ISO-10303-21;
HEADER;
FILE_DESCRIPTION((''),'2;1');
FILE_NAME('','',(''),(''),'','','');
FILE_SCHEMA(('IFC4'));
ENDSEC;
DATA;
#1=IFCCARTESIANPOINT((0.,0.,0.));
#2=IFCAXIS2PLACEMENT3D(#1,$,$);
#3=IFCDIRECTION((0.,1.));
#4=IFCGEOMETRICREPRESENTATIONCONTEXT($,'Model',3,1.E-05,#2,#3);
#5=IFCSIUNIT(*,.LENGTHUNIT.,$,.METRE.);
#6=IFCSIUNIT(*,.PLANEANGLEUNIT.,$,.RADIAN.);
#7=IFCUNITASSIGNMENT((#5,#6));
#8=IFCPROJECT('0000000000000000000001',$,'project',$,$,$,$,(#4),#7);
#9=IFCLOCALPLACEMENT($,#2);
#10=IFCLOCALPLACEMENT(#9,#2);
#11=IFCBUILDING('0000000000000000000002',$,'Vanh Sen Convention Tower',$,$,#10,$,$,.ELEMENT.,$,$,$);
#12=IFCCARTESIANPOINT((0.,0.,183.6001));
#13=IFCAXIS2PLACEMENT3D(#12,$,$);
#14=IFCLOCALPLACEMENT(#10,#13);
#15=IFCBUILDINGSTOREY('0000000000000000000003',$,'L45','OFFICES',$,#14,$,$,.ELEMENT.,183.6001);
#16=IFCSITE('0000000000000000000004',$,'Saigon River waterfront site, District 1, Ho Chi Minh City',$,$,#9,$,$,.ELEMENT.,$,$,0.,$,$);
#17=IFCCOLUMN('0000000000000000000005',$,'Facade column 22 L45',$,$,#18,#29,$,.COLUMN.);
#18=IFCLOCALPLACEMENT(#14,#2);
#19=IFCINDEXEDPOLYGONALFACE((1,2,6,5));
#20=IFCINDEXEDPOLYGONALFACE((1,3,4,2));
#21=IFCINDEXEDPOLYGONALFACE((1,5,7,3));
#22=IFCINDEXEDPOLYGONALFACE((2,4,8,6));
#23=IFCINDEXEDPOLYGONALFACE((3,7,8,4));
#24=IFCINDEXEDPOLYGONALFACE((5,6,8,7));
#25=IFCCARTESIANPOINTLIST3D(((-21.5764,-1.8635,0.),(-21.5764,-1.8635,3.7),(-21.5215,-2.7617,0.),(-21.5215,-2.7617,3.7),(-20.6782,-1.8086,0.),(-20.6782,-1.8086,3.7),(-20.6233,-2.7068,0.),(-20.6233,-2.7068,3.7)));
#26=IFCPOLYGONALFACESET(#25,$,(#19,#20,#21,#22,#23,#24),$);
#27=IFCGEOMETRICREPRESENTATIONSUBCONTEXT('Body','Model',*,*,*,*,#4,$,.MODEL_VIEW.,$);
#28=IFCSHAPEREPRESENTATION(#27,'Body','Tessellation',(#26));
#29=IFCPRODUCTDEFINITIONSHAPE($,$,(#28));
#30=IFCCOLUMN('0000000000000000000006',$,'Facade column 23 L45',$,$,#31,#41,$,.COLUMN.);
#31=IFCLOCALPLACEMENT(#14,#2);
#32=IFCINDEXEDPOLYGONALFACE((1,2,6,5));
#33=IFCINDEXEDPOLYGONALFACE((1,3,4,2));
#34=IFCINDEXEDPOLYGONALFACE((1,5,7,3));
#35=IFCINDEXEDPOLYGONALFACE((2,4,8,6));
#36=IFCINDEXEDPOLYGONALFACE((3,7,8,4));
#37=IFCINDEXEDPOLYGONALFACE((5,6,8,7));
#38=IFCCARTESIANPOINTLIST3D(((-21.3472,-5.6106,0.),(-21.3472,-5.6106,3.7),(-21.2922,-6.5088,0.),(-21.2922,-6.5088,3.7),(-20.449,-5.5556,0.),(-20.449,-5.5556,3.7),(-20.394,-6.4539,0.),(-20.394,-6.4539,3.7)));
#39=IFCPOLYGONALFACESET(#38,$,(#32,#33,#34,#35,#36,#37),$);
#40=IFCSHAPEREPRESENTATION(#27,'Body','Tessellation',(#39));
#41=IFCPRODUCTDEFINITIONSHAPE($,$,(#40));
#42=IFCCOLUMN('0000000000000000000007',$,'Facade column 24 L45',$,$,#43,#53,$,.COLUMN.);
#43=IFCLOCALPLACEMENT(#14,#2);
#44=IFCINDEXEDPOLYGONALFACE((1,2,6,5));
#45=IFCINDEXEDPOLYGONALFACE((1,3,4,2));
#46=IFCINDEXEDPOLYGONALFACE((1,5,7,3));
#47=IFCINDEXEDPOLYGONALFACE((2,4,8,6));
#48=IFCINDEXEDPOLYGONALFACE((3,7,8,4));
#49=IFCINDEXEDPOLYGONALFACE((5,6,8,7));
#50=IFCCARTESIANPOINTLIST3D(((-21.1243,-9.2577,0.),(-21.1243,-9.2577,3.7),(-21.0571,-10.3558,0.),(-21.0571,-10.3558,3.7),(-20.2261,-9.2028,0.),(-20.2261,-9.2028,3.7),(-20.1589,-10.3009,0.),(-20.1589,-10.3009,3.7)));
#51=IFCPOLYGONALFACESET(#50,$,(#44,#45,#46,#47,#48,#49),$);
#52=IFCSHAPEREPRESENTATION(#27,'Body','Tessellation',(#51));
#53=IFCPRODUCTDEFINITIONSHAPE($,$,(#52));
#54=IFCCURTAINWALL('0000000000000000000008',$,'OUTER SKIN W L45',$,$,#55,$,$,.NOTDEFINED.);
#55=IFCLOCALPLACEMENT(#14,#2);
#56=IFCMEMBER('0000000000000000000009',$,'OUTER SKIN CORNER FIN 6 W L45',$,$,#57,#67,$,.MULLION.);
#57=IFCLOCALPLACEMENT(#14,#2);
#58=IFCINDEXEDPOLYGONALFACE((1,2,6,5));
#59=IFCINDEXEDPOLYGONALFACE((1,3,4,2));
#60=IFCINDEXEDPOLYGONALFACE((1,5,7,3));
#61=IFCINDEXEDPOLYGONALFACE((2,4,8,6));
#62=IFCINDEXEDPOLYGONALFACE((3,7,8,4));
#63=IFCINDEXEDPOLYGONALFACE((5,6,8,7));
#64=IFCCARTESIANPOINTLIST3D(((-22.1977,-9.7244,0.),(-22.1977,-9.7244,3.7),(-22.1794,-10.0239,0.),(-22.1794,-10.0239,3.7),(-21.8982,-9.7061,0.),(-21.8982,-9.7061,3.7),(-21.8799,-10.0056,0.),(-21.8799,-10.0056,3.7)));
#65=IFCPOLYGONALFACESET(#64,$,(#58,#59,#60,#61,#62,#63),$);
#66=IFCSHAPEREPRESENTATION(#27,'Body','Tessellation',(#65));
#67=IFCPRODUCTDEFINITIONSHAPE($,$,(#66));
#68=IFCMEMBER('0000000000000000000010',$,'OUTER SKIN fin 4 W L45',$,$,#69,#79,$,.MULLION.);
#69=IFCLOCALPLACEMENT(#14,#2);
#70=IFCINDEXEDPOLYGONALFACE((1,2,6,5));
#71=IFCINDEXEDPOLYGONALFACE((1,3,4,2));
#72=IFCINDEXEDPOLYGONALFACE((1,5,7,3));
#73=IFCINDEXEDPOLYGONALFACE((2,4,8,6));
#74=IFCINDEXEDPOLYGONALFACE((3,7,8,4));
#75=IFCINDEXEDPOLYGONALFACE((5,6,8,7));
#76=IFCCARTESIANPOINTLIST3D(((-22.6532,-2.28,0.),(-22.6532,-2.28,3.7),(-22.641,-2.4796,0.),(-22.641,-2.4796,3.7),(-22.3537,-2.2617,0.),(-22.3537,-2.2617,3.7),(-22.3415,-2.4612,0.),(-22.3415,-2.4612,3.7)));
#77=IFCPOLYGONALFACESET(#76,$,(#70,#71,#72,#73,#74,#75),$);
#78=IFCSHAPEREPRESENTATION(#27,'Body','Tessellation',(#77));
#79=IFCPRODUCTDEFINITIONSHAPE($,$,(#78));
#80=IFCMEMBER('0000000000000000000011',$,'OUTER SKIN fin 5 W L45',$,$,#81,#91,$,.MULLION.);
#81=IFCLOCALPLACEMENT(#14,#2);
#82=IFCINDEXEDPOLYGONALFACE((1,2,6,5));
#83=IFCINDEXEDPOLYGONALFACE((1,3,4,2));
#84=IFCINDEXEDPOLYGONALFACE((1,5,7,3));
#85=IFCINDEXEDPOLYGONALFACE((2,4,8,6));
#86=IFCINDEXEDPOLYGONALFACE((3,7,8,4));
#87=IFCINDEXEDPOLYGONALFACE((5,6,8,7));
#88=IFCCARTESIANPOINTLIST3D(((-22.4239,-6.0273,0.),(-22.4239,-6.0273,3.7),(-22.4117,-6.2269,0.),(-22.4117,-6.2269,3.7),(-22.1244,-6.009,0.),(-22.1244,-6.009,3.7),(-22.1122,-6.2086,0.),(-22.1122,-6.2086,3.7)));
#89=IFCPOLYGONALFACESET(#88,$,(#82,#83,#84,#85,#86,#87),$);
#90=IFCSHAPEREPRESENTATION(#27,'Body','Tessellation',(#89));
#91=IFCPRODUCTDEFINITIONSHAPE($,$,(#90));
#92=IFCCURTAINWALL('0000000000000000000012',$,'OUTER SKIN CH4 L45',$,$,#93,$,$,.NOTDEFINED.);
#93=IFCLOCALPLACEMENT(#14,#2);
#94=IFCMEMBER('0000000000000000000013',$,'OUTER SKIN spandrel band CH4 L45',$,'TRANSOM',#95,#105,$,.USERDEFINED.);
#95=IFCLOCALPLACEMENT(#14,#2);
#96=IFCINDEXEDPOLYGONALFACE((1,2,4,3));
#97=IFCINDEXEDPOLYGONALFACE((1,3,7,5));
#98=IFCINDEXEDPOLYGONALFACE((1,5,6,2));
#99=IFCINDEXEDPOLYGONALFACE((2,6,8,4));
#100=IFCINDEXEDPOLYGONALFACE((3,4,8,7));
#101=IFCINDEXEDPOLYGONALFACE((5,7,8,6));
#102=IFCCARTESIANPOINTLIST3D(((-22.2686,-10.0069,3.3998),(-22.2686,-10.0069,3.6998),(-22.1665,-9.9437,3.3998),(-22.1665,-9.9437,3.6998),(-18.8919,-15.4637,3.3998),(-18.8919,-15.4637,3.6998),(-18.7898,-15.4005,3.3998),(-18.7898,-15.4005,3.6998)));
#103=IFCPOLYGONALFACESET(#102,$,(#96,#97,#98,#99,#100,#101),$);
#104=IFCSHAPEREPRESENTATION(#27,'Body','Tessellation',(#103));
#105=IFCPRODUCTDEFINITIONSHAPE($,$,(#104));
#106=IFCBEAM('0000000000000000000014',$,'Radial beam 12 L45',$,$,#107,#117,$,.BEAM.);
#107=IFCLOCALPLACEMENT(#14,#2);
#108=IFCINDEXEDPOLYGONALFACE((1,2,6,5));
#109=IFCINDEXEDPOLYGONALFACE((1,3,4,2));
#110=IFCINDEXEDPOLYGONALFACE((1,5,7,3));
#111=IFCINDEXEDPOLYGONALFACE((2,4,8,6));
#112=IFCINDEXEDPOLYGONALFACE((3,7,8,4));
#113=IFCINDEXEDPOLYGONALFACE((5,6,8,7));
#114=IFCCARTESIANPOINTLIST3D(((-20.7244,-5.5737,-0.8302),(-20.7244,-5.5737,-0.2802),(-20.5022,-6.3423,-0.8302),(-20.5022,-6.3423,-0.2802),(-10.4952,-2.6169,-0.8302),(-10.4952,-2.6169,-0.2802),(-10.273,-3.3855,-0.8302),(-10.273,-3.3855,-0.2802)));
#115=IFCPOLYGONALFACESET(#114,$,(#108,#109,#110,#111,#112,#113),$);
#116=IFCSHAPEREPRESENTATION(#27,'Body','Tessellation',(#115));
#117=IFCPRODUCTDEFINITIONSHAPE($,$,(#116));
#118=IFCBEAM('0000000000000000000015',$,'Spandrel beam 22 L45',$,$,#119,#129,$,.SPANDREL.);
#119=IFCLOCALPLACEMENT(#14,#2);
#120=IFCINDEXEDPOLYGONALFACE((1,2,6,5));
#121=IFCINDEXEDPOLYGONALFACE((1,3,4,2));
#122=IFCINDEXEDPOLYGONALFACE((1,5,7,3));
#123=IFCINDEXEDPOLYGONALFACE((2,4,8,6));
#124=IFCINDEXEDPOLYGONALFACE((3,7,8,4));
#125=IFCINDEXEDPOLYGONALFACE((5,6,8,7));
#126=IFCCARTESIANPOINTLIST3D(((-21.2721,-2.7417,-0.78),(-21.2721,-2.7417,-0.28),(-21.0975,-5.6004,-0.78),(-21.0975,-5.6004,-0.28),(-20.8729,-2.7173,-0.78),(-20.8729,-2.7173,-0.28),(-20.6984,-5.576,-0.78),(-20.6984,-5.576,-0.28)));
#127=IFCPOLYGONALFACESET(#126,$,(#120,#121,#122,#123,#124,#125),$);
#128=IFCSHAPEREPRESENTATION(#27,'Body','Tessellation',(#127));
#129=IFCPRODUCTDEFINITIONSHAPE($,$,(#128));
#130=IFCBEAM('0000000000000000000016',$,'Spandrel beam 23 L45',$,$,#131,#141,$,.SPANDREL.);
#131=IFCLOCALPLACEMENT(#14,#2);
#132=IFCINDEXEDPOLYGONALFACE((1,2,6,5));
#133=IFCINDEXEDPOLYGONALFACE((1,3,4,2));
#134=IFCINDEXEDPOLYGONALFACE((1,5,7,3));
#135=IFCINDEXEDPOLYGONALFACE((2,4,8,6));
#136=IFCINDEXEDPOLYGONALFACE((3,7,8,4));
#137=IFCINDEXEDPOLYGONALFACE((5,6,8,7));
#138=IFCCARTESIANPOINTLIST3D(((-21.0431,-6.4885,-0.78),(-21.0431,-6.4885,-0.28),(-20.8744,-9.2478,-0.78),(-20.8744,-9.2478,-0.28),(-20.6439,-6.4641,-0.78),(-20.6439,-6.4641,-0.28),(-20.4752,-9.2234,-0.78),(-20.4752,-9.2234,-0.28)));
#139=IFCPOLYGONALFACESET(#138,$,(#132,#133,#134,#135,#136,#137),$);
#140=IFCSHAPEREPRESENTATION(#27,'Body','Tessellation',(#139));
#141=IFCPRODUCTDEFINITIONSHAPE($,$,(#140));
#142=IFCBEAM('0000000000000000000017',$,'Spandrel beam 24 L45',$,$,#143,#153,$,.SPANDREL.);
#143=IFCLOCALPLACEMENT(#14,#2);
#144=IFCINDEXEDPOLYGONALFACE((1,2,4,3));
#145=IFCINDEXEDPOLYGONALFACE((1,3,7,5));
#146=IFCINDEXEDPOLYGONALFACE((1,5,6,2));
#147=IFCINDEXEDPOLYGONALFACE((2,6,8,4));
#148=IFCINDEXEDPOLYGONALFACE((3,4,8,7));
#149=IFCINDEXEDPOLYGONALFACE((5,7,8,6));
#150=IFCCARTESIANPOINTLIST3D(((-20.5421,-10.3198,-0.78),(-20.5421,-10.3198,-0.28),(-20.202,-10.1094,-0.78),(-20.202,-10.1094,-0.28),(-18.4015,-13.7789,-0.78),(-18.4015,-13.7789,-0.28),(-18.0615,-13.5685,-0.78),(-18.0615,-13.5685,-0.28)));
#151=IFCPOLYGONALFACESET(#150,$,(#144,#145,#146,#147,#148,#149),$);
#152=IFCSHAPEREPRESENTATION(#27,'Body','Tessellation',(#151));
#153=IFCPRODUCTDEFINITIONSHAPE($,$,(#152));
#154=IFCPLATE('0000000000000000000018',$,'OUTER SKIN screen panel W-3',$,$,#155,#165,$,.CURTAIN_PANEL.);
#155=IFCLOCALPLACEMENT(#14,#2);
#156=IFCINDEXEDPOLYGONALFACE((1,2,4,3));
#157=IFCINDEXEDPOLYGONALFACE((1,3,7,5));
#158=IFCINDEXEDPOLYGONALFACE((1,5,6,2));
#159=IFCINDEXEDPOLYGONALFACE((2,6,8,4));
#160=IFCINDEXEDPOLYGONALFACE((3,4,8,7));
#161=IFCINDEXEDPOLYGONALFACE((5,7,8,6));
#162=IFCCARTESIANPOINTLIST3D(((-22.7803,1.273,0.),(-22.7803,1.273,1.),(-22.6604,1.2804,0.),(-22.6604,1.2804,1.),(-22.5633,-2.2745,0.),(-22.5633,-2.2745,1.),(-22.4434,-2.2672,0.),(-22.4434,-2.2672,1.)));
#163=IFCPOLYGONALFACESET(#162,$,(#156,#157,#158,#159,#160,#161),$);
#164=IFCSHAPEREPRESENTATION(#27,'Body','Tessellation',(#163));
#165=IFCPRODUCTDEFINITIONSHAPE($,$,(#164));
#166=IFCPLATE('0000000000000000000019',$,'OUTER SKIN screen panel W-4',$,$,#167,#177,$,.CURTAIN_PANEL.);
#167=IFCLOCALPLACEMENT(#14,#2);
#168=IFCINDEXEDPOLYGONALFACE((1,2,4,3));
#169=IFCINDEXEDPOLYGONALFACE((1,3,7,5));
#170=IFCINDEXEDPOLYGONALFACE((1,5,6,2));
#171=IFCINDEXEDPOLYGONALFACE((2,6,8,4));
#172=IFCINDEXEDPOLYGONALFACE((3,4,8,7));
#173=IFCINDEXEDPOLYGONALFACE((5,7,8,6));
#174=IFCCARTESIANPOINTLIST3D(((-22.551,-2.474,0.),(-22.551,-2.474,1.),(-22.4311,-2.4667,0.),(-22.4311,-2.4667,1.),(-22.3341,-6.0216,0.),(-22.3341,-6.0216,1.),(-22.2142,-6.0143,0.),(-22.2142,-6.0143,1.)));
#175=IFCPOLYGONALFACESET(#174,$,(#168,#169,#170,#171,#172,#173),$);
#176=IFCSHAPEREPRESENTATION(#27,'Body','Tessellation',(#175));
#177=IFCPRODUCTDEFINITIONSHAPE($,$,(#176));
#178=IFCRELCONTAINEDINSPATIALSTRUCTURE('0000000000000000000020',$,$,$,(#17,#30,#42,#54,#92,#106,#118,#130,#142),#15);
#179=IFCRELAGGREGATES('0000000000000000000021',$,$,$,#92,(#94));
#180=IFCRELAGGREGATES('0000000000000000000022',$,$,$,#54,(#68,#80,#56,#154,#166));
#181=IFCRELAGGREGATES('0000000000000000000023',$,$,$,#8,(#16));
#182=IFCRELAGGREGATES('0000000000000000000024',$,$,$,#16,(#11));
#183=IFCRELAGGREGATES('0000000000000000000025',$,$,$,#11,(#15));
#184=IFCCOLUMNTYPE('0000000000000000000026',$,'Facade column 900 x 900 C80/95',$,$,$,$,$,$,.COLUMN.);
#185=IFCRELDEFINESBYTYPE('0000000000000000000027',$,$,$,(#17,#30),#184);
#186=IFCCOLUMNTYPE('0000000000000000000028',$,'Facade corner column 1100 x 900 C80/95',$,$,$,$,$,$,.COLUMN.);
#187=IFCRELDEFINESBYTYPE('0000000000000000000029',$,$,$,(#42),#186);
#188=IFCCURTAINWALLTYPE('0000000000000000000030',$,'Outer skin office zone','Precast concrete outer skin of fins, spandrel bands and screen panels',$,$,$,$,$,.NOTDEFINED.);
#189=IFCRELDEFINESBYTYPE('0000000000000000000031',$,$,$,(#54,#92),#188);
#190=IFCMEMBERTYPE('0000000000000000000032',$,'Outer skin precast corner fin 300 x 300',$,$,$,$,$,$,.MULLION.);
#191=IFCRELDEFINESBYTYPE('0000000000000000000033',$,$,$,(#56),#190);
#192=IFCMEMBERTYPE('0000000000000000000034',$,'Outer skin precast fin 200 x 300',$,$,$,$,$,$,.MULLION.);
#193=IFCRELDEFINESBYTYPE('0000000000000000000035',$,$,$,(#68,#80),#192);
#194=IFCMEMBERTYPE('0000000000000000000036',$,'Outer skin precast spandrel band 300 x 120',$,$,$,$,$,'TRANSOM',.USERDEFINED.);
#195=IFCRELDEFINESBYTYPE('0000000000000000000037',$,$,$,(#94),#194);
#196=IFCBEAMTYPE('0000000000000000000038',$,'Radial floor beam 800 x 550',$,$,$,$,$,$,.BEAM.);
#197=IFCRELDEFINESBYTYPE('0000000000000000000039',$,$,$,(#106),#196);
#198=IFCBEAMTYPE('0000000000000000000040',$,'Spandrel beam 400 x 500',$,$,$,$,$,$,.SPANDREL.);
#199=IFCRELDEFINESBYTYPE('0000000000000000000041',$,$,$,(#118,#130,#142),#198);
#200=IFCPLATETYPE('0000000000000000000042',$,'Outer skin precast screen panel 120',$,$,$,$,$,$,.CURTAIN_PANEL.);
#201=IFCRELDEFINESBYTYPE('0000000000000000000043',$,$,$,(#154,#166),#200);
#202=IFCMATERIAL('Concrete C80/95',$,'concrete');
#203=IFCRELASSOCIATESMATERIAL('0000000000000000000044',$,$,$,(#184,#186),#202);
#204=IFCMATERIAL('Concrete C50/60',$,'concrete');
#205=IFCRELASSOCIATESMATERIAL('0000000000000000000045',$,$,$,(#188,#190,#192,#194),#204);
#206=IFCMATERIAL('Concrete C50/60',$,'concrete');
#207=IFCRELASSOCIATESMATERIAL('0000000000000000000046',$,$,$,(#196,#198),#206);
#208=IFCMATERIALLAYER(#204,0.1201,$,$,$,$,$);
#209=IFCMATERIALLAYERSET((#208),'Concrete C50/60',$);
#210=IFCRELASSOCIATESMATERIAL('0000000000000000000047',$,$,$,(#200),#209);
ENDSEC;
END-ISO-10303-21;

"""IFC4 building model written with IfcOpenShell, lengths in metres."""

from ifc_helpers import new_model, si_unit, direction, frame, origin, origin_2d, place, context, subcontext, project, spatial, rectangle, extrude, material, layer, layer_set, material_profile, profile_set, type_object, element, aggregate, save


model = new_model("IFC4")

# Units and contexts
model_context = context("Model", 3, precision=1e-05, world=origin(), true_north=direction((0.0, 1.0)))
body_context = subcontext(model_context, "Body", "Model", "MODEL_VIEW")
ifc_project = project(units=[si_unit("LENGTHUNIT", "METRE"), si_unit("PLANEANGLEUNIT", "RADIAN")], contexts=[model_context])

# Site, building, storey
site_placement = place(None, origin())
site = spatial("IfcSite", under=ifc_project, at=site_placement, Name="Saigon River waterfront site, District 1, Ho Chi Minh City", CompositionType="ELEMENT", RefElevation=0.0)
building_placement = place(site_placement, origin())
building = spatial("IfcBuilding", under=site, at=building_placement, Name="Vanh Sen Convention Tower", CompositionType="ELEMENT")
storey_placement = place(building_placement, frame((0.0, 0.0, 183.6001)))
storey = spatial("IfcBuildingStorey", under=building, at=storey_placement, Name="L45", Description="OFFICES", CompositionType="ELEMENT", Elevation=183.6001)

# Columns
ifc_material_1 = material(Name="Concrete C80/95", Category="concrete")
ifc_material_profile_1 = material_profile(ifc_material_1, rectangle(XDim=0.8999, YDim=0.8999, at=origin_2d()), Name="RC 900X900")
ifc_profile_set_1 = profile_set([ifc_material_profile_1], Name="Concrete C80/95")
column_type_1 = type_object("IfcColumnType", Name="Facade column 900 x 900 C80/95", PredefinedType="COLUMN", material=ifc_profile_set_1)
for number, where, z_axis, x_axis, name in (
    (1, (-21.0999, -2.2852, 0.0), (0.0, 0.0, 1.0), (0.061049, -0.998135, 0.0), "Facade column 22 L45"),
    (2, (-20.8706, -6.0322, 0.0), (0.0, 0.0, 1.0), (0.061049, -0.998135, 0.0), "Facade column 23 L45"),
):
    element("IfcColumn", number, at=place(storey_placement, frame(where, z_axis=z_axis, x_axis=x_axis)), inside=storey, type_object=column_type_1, Name=name, PredefinedType="COLUMN", context=body_context, shape_type="SweptSolid", body=[
        extrude(rectangle(XDim=0.8999, YDim=0.8999, at=origin_2d()), origin(), (0.0, 0.0, 1.0), 3.7),
    ])
ifc_material_profile_2 = material_profile(ifc_material_1, rectangle(XDim=1.1001, YDim=0.8999, at=origin_2d()), Name="RC 1100X900")
ifc_profile_set_2 = profile_set([ifc_material_profile_2], Name="Concrete C80/95")
column_type_2 = type_object("IfcColumnType", Name="Facade corner column 1100 x 900 C80/95", PredefinedType="COLUMN", material=ifc_profile_set_2)
column_placement = place(storey_placement, frame((-20.6416, -9.7793, 0.0), z_axis=(0.0, 0.0, 1.0), x_axis=(0.061049, -0.998135, 0.0)))
element("IfcColumn", 3, at=column_placement, inside=storey, type_object=column_type_2, Name="Facade column 24 L45", PredefinedType="COLUMN", context=body_context, shape_type="SweptSolid", body=[
    extrude(rectangle(XDim=1.1001, YDim=0.8999, at=origin_2d()), origin(), (0.0, 0.0, 1.0), 3.7),
])

# Curtain wall, members
ifc_material_2 = material(Name="Concrete C50/60", Category="concrete")
curtain_wall_type = type_object("IfcCurtainWallType", Name="Outer skin office zone", Description="Precast concrete outer skin of fins, spandrel bands and screen panels", PredefinedType="NOTDEFINED", material=ifc_material_2)
curtain_wall_1_placement = place(storey_placement, origin())
curtain_wall_1 = element("IfcCurtainWall", 4, at=curtain_wall_1_placement, inside=storey, type_object=curtain_wall_type, Name="OUTER SKIN W L45", PredefinedType="NOTDEFINED")
ifc_material_profile_3 = material_profile(ifc_material_2, rectangle(XDim=0.3, YDim=0.3, at=origin_2d()), Name="Outer skin precast corner fin 300 x 300")
ifc_profile_set_3 = profile_set([ifc_material_profile_3], Name="Concrete C50/60")
member_type_1 = type_object("IfcMemberType", Name="Outer skin precast corner fin 300 x 300", PredefinedType="MULLION", material=ifc_profile_set_3)
member_1_placement = place(storey_placement, frame((-22.0388, -9.865, 0.0), z_axis=(0.0, 0.0, 1.0), x_axis=(0.061049, -0.998135, 0.0)))
member_1 = element("IfcMember", 5, at=member_1_placement, type_object=member_type_1, Name="OUTER SKIN CORNER FIN 6 W L45", PredefinedType="MULLION", context=body_context, shape_type="SweptSolid", body=[
    extrude(rectangle(XDim=0.3, YDim=0.3, at=origin_2d()), origin(), (0.0, 0.0, 1.0), 3.7),
])
ifc_material_profile_4 = material_profile(ifc_material_2, rectangle(XDim=0.2, YDim=0.3, at=origin_2d()), Name="Outer skin precast fin 200 x 300")
ifc_profile_set_4 = profile_set([ifc_material_profile_4], Name="Concrete C50/60")
member_type_2 = type_object("IfcMemberType", Name="Outer skin precast fin 200 x 300", PredefinedType="MULLION", material=ifc_profile_set_4)
member_2_placement = place(storey_placement, frame((-22.4973, -2.3706, 0.0), z_axis=(0.0, 0.0, 1.0), x_axis=(0.061049, -0.998135, 0.0)))
member_2 = element("IfcMember", 6, at=member_2_placement, type_object=member_type_2, Name="OUTER SKIN fin 4 W L45", PredefinedType="MULLION", context=body_context, shape_type="SweptSolid", body=[
    extrude(rectangle(XDim=0.2, YDim=0.3, at=origin_2d()), origin(), (0.0, 0.0, 1.0), 3.7),
])
member_3_placement = place(storey_placement, frame((-22.2681, -6.1179, 0.0), z_axis=(0.0, 0.0, 1.0), x_axis=(0.061049, -0.998135, 0.0)))
member_3 = element("IfcMember", 7, at=member_3_placement, type_object=member_type_2, Name="OUTER SKIN fin 5 W L45", PredefinedType="MULLION", context=body_context, shape_type="SweptSolid", body=[
    extrude(rectangle(XDim=0.2, YDim=0.3, at=origin_2d()), origin(), (0.0, 0.0, 1.0), 3.7),
])

# Curtain wall, member
curtain_wall_2_placement = place(storey_placement, origin())
curtain_wall_2 = element("IfcCurtainWall", 8, at=curtain_wall_2_placement, inside=storey, type_object=curtain_wall_type, Name="OUTER SKIN CH4 L45", PredefinedType="NOTDEFINED")
ifc_material_profile_5 = material_profile(ifc_material_2, rectangle(XDim=0.1201, YDim=0.3, at=origin_2d()), Name="Outer skin precast spandrel band 300 x 120")
ifc_profile_set_5 = profile_set([ifc_material_profile_5], Name="Concrete C50/60")
member_type_3 = type_object("IfcMemberType", Name="Outer skin precast spandrel band 300 x 120", ElementType="TRANSOM", PredefinedType="USERDEFINED", material=ifc_profile_set_5)
member_4_placement = place(storey_placement, frame((-22.2175, -9.9753, 3.5498), z_axis=(0.526208, -0.850356, 0.0), x_axis=(0.850356, 0.526208, 0.0)))
member_4 = element("IfcMember", 9, at=member_4_placement, type_object=member_type_3, Name="OUTER SKIN spandrel band CH4 L45", ObjectType="TRANSOM", PredefinedType="USERDEFINED", context=body_context, shape_type="SweptSolid", body=[
    extrude(rectangle(XDim=0.1201, YDim=0.3, at=origin_2d()), origin(), (0.0, 0.0, 1.0), 6.417),
])
aggregate(curtain_wall_2, [member_4])

# Beams
ifc_material_3 = material(Name="Concrete C50/60", Category="concrete")
ifc_material_profile_6 = material_profile(ifc_material_3, rectangle(XDim=0.8, YDim=0.55, at=origin_2d()), Name="RC 800X550")
ifc_profile_set_6 = profile_set([ifc_material_profile_6], Name="Concrete C50/60")
beam_type_1 = type_object("IfcBeamType", Name="Radial floor beam 800 x 550", PredefinedType="BEAM", material=ifc_profile_set_6)
beam_1_placement = place(storey_placement, frame((-20.6133, -5.958, -0.5552), z_axis=(0.960672, 0.277684, 0.0), x_axis=(-0.277684, 0.960672, 0.0)))
element("IfcBeam", 10, at=beam_1_placement, inside=storey, type_object=beam_type_1, Name="Radial beam 12 L45", PredefinedType="BEAM", context=body_context, shape_type="SweptSolid", body=[
    extrude(rectangle(XDim=0.8, YDim=0.55, at=origin_2d()), origin(), (0.0, 0.0, 1.0), 10.6479),
])
ifc_material_profile_7 = material_profile(ifc_material_3, rectangle(XDim=0.3999, YDim=0.5, at=origin_2d()), Name="RC 400X500")
ifc_profile_set_7 = profile_set([ifc_material_profile_7], Name="Concrete C50/60")
beam_type_2 = type_object("IfcBeamType", Name="Spandrel beam 400 x 500", PredefinedType="SPANDREL", material=ifc_profile_set_7)
beam_2_placement = place(storey_placement, frame((-21.0725, -2.7295, -0.53), z_axis=(0.060951, -0.998141, 0.0), x_axis=(0.998141, 0.060951, 0.0)))
element("IfcBeam", 11, at=beam_2_placement, inside=storey, type_object=beam_type_2, Name="Spandrel beam 22 L45", PredefinedType="SPANDREL", context=body_context, shape_type="SweptSolid", body=[
    extrude(rectangle(XDim=0.3999, YDim=0.5, at=origin_2d()), origin(), (0.0, 0.0, 1.0), 2.864),
])
beam_3_placement = place(storey_placement, frame((-20.8435, -6.4763, -0.53), z_axis=(0.061026, -0.998136, 0.0), x_axis=(0.998136, 0.061026, 0.0)))
element("IfcBeam", 12, at=beam_3_placement, inside=storey, type_object=beam_type_2, Name="Spandrel beam 23 L45", PredefinedType="SPANDREL", context=body_context, shape_type="SweptSolid", body=[
    extrude(rectangle(XDim=0.3999, YDim=0.5, at=origin_2d()), origin(), (0.0, 0.0, 1.0), 2.7644),
])
beam_4_placement = place(storey_placement, frame((-20.3721, -10.2146, -0.53), z_axis=(0.526212, -0.850353, 0.0), x_axis=(0.850353, 0.526212, 0.0)))
element("IfcBeam", 13, at=beam_4_placement, inside=storey, type_object=beam_type_2, Name="Spandrel beam 24 L45", PredefinedType="SPANDREL", context=body_context, shape_type="SweptSolid", body=[
    extrude(rectangle(XDim=0.3999, YDim=0.5, at=origin_2d()), origin(), (0.0, 0.0, 1.0), 4.0679),
])

# Plates
ifc_layer_1 = layer(ifc_material_2, 0.1201)
ifc_layer_set_1 = layer_set([ifc_layer_1], Name="Concrete C50/60")
plate_type = type_object("IfcPlateType", Name="Outer skin precast screen panel 120", PredefinedType="CURTAIN_PANEL", material=ifc_layer_set_1)
plate_1_placement = place(storey_placement, frame((-22.6118, -0.4971, 0.0), z_axis=(0.0, 0.0, 1.0), x_axis=(0.061054, -0.998134, 0.0)))
plate_1 = element("IfcPlate", 14, at=plate_1_placement, type_object=plate_type, Name="OUTER SKIN screen panel W-3", PredefinedType="CURTAIN_PANEL", context=body_context, shape_type="SweptSolid", body=[
    extrude(rectangle(XDim=3.5542, YDim=0.1201, at=origin_2d()), origin(), (0.0, 0.0, 1.0), 1.0),
])
plate_2_placement = place(storey_placement, frame((-22.3826, -4.2441, 0.0), z_axis=(0.0, 0.0, 1.0), x_axis=(0.061026, -0.998136, 0.0)))
plate_2 = element("IfcPlate", 15, at=plate_2_placement, type_object=plate_type, Name="OUTER SKIN screen panel W-4", PredefinedType="CURTAIN_PANEL", context=body_context, shape_type="SweptSolid", body=[
    extrude(rectangle(XDim=3.5542, YDim=0.1201, at=origin_2d()), origin(), (0.0, 0.0, 1.0), 1.0),
])
aggregate(curtain_wall_1, [member_2, member_3, member_1, plate_1, plate_2])

save(model, "model.ifc")
